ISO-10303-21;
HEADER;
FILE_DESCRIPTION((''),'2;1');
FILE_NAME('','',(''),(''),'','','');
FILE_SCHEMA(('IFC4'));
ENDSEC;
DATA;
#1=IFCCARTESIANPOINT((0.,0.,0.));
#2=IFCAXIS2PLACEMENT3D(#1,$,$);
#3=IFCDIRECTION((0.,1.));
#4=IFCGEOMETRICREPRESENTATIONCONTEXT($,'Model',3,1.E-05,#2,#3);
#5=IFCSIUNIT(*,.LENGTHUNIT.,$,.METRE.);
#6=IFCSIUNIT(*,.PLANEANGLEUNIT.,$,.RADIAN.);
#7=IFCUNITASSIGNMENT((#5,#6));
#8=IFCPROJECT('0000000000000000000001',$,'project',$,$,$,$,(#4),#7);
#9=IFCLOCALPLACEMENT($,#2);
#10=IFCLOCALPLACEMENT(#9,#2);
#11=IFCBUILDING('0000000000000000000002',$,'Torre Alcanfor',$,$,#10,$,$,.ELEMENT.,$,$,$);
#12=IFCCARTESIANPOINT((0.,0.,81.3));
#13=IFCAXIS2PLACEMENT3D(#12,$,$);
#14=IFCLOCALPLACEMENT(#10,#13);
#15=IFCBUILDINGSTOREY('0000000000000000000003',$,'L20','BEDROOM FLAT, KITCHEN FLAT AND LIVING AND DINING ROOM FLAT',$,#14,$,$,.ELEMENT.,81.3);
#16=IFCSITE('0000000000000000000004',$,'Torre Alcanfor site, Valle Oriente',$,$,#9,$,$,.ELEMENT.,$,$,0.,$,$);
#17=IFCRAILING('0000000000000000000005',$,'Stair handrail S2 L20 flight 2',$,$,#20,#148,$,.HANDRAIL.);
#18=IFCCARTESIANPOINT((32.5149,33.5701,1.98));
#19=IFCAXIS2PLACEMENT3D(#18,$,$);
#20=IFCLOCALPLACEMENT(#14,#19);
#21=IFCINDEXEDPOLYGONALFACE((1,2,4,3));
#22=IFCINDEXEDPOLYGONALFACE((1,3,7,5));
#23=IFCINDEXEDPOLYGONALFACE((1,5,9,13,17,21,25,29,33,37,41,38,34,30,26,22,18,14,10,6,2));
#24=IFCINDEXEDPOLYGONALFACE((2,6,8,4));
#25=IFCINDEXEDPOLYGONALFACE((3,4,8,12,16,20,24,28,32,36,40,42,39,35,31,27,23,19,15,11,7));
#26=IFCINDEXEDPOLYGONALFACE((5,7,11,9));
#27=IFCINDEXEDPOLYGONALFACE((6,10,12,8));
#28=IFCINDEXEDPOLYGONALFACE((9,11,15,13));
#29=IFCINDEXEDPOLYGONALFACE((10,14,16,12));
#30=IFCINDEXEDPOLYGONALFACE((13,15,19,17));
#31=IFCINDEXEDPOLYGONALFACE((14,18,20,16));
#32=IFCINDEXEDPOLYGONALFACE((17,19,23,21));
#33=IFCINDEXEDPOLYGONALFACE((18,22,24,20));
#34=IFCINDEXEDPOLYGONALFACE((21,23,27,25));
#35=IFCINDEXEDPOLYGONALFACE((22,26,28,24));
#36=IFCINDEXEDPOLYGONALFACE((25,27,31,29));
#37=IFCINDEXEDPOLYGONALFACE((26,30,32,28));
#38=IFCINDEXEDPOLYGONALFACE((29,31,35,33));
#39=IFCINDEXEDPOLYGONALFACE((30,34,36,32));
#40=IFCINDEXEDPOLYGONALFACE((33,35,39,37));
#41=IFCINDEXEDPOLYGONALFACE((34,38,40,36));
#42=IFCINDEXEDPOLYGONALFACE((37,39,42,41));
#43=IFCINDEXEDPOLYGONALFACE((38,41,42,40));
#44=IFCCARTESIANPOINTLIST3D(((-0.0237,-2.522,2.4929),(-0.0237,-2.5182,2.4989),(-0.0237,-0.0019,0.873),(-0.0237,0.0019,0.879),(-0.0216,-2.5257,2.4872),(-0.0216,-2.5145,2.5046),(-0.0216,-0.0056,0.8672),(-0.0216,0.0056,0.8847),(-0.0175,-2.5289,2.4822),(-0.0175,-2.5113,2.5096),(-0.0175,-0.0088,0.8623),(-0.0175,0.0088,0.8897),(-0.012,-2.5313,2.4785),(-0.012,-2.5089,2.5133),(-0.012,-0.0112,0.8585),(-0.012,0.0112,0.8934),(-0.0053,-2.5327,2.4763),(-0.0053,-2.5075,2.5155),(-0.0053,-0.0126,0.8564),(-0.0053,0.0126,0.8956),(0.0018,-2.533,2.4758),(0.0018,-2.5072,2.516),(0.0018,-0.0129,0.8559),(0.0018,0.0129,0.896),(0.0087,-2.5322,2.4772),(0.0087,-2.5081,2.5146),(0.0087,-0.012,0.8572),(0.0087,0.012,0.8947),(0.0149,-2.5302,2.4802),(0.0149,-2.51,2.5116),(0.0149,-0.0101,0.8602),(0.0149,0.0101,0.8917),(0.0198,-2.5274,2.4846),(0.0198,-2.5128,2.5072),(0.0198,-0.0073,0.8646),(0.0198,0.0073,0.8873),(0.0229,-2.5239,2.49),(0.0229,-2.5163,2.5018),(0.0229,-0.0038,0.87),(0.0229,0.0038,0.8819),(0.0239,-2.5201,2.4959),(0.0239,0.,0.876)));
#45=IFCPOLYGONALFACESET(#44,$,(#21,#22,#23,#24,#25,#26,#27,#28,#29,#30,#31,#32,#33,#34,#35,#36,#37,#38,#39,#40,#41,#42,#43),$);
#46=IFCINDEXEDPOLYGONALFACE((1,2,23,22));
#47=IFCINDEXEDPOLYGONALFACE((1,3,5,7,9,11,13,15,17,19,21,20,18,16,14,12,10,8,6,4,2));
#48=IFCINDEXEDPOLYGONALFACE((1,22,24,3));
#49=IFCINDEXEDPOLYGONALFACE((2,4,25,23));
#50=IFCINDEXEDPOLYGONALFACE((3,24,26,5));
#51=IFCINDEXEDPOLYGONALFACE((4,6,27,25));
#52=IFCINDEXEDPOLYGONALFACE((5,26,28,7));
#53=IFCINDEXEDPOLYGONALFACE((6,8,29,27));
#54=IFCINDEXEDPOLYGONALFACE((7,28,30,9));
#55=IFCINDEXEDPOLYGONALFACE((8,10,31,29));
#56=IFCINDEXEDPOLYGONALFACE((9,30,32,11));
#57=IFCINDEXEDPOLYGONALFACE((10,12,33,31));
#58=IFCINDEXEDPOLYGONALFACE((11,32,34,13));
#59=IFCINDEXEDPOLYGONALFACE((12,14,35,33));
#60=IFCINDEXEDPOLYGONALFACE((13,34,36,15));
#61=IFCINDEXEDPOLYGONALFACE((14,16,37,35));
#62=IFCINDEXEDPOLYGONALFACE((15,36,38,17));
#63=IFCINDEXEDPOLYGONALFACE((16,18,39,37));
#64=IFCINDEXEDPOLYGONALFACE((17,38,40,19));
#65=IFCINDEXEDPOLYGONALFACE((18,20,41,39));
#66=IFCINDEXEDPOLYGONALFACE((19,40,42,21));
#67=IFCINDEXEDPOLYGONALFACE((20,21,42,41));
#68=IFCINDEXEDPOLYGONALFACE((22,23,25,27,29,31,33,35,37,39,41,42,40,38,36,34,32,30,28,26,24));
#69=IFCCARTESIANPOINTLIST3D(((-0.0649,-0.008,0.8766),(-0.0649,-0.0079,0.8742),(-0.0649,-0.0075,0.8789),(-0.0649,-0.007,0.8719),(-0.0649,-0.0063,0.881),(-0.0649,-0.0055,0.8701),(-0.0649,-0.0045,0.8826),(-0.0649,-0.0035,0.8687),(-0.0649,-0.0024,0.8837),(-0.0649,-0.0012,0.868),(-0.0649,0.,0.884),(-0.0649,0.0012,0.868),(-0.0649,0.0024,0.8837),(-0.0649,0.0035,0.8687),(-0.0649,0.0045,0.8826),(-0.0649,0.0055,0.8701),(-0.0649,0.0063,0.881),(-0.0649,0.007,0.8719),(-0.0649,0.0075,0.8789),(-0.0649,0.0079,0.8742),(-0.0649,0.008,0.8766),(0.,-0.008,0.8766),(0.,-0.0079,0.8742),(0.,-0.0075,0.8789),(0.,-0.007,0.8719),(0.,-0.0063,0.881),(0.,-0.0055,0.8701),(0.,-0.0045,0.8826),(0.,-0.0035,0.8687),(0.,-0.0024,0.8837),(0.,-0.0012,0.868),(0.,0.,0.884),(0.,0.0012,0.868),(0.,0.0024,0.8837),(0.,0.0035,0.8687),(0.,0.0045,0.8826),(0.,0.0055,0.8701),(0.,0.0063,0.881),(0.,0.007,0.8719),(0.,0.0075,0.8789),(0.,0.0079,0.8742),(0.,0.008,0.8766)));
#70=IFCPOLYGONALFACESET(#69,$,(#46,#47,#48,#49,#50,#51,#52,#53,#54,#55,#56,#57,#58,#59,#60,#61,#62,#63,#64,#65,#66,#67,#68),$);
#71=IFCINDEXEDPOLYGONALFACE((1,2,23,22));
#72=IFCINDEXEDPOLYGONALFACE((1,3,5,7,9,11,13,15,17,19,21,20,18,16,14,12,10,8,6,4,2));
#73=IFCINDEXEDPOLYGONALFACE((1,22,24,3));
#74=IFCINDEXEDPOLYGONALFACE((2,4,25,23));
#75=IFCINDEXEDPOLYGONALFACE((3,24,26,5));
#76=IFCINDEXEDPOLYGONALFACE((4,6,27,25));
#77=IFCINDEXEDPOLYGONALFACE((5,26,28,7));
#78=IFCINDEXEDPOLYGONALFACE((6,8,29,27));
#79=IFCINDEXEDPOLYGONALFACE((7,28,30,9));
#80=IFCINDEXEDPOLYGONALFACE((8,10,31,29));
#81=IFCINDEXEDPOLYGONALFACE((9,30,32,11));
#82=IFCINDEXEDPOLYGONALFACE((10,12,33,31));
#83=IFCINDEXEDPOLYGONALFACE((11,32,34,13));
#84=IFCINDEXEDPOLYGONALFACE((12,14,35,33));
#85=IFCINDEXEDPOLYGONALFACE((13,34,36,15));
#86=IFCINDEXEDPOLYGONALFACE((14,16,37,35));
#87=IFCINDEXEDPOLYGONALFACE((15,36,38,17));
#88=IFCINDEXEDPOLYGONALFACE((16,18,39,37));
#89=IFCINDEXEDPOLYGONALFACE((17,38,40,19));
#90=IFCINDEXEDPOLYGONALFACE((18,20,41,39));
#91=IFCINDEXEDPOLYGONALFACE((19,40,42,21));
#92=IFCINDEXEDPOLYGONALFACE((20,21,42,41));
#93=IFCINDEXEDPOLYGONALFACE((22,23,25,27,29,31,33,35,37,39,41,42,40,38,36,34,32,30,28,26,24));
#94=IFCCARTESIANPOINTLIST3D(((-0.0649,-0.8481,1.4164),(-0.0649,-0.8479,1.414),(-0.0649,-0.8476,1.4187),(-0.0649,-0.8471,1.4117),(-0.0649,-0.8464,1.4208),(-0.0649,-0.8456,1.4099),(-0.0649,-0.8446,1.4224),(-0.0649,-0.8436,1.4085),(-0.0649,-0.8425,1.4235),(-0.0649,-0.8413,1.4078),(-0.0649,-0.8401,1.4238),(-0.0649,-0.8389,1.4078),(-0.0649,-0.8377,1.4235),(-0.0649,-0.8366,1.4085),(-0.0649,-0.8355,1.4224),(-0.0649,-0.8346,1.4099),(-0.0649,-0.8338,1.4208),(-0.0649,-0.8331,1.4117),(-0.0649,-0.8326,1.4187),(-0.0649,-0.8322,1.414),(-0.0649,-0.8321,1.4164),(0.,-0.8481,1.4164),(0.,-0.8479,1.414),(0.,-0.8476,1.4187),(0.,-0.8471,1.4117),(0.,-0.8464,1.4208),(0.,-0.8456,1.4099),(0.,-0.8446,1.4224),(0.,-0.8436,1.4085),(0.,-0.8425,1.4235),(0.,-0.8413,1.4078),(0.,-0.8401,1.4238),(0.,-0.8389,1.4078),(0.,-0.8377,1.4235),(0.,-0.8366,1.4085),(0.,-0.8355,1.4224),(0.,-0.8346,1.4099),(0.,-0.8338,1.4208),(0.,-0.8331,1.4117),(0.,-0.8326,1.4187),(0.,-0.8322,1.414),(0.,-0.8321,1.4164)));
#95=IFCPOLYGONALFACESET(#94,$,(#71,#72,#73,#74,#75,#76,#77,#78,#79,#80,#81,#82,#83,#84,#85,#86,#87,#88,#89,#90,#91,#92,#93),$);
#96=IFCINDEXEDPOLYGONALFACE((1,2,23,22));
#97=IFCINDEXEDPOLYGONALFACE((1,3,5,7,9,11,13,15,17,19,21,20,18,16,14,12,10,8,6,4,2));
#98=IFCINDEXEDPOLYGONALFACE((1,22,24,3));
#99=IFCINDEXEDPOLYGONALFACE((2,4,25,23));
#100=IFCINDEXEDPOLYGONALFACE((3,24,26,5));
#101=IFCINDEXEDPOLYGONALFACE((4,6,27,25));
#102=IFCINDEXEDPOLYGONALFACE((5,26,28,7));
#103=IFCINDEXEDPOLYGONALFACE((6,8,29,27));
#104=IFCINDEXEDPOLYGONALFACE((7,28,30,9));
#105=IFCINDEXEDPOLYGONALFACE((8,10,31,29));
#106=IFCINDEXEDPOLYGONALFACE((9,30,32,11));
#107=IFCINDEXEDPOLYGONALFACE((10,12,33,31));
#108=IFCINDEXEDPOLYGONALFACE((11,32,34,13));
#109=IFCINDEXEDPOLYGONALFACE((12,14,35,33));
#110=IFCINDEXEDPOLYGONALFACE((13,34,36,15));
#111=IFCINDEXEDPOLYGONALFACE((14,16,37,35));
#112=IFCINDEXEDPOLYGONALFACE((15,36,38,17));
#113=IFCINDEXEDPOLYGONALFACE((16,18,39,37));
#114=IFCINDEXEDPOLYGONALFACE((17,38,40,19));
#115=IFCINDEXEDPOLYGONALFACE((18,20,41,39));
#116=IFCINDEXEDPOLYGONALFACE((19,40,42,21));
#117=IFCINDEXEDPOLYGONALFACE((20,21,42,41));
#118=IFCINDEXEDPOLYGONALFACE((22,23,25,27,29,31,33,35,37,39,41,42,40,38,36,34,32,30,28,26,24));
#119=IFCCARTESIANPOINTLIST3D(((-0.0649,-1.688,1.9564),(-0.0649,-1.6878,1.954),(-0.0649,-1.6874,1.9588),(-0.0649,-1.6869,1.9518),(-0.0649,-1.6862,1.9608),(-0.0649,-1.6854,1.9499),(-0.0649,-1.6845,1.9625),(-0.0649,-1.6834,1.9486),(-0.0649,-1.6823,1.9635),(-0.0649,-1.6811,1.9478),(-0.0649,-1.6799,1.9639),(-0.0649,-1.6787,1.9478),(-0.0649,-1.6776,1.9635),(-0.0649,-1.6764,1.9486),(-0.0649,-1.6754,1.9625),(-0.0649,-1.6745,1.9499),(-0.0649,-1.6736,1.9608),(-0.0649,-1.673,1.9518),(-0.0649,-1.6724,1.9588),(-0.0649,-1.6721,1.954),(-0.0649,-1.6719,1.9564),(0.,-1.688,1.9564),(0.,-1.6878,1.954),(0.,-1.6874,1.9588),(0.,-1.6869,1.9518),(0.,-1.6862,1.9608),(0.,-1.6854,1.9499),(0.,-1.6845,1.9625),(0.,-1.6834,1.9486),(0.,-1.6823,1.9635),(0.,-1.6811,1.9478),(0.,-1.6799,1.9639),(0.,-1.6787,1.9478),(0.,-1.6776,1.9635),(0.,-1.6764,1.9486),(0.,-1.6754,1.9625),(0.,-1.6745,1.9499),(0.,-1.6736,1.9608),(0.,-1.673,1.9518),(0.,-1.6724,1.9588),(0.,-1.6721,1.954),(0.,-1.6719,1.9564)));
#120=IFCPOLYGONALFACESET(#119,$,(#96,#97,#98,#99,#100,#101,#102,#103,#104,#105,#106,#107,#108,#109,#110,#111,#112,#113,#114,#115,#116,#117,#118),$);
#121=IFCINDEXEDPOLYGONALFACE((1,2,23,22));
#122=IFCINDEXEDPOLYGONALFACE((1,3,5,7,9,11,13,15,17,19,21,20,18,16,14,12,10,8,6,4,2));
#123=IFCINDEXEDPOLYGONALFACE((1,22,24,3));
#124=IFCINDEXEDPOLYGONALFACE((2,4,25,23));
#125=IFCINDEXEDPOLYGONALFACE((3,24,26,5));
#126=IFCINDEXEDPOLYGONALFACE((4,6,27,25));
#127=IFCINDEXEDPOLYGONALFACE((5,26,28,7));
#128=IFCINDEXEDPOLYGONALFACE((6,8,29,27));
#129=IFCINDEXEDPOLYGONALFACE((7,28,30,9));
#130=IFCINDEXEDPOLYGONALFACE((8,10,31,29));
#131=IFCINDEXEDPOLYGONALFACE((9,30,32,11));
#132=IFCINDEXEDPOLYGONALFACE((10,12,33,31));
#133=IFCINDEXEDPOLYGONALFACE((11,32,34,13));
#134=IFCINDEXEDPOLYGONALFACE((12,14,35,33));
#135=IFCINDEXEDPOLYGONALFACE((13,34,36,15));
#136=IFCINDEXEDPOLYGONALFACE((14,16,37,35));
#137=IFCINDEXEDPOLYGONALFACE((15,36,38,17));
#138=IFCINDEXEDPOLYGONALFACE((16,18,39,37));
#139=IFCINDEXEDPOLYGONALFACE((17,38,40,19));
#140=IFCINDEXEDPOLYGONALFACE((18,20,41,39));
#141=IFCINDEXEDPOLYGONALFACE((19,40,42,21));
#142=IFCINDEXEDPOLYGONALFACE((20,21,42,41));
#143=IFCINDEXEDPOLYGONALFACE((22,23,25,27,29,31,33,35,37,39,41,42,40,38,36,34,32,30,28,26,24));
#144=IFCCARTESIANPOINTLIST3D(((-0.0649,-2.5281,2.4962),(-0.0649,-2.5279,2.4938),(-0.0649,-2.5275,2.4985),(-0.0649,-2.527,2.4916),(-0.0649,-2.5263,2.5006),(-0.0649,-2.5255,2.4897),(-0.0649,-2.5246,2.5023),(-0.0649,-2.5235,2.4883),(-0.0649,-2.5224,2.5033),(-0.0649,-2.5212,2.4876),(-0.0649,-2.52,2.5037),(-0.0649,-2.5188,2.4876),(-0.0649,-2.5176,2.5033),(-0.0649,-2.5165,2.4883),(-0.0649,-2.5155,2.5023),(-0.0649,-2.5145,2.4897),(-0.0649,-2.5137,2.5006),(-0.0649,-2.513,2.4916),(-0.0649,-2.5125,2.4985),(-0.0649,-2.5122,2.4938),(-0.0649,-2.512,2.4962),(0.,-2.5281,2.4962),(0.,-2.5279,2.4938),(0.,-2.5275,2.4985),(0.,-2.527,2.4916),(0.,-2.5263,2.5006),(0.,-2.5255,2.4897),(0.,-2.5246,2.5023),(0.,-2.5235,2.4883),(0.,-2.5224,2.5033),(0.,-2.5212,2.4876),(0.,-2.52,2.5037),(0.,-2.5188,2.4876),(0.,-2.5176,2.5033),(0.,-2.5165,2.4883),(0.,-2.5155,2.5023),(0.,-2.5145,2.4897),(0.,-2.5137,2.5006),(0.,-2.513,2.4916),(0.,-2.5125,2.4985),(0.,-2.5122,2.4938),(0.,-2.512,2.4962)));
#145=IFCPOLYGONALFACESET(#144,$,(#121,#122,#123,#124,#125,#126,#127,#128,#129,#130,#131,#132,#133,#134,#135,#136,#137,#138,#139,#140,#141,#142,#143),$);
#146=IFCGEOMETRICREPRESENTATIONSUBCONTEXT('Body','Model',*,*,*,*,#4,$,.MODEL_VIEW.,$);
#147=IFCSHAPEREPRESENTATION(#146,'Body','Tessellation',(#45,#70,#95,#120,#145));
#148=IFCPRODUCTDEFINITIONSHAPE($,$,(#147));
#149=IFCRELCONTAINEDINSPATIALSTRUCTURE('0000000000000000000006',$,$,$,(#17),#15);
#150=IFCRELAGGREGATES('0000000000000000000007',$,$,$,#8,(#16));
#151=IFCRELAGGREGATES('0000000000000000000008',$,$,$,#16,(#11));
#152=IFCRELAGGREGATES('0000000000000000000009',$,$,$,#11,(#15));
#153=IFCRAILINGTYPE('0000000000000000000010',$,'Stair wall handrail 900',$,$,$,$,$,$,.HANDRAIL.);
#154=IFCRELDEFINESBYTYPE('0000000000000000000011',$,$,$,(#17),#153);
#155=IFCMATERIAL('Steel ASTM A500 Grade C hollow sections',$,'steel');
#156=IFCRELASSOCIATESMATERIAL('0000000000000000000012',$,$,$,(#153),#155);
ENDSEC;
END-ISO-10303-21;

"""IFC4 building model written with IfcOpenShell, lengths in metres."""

from ifc_helpers import new_model, si_unit, direction, frame, origin, origin_2d, place, context, subcontext, project, spatial, circle, extrude, material, type_object, element, save


model = new_model("IFC4")

# Units and contexts
model_context = context("Model", 3, precision=1e-05, world=origin(), true_north=direction((0.0, 1.0)))
body_context = subcontext(model_context, "Body", "Model", "MODEL_VIEW")
ifc_project = project(units=[si_unit("LENGTHUNIT", "METRE"), si_unit("PLANEANGLEUNIT", "RADIAN")], contexts=[model_context])

# Site, building, storey
site_placement = place(None, origin())
site = spatial("IfcSite", under=ifc_project, at=site_placement, Name="Torre Alcanfor site, Valle Oriente", CompositionType="ELEMENT", RefElevation=0.0)
building_placement = place(site_placement, origin())
building = spatial("IfcBuilding", under=site, at=building_placement, Name="Torre Alcanfor", CompositionType="ELEMENT")
storey_placement = place(building_placement, frame((0.0, 0.0, 81.3)))
storey = spatial("IfcBuildingStorey", under=building, at=storey_placement, Name="L20", Description="BEDROOM FLAT, KITCHEN FLAT AND LIVING AND DINING ROOM FLAT", CompositionType="ELEMENT", Elevation=81.3)

# Railing
ifc_material_1 = material(Name="Steel ASTM A500 Grade C hollow sections", Category="steel")
railing_type_1 = type_object("IfcRailingType", Name="Stair wall handrail 900", PredefinedType="HANDRAIL", material=ifc_material_1)
railing_1_placement = place(storey_placement, frame((32.5149, 33.5701, 1.98)))
element("IfcRailing", 1, at=railing_1_placement, inside=storey, type_object=railing_type_1, Name="Stair handrail S2 L20 flight 2", PredefinedType="HANDRAIL", context=body_context, shape_type="SweptSolid", body=[
    extrude(circle(Radius=0.0239, at=origin_2d()), frame((0.0, 0.0, 0.876), z_axis=(0.0, -0.8412, 0.540725), x_axis=(1.0, 0.0, 0.0)), (0.0, 0.0, 1.0), 2.9958),
    extrude(circle(Radius=0.0081, at=origin_2d()), frame((0.0, 0.0, 0.876), z_axis=(-1.0, 0.0, 0.0), x_axis=(0.0, 0.0, 1.0)), (0.0, 0.0, 1.0), 0.0649),
    extrude(circle(Radius=0.0081, at=origin_2d()), frame((0.0, -0.8401, 1.4158), z_axis=(-1.0, 0.0, 0.0), x_axis=(0.0, 0.0, 1.0)), (0.0, 0.0, 1.0), 0.0649),
    extrude(circle(Radius=0.0081, at=origin_2d()), frame((0.0, -1.6799, 1.9558), z_axis=(-1.0, 0.0, 0.0), x_axis=(0.0, 0.0, 1.0)), (0.0, 0.0, 1.0), 0.0649),
    extrude(circle(Radius=0.0081, at=origin_2d()), frame((0.0, -2.52, 2.4956), z_axis=(-1.0, 0.0, 0.0), x_axis=(0.0, 0.0, 1.0)), (0.0, 0.0, 1.0), 0.0649),
])

save(model, "model.ifc")
